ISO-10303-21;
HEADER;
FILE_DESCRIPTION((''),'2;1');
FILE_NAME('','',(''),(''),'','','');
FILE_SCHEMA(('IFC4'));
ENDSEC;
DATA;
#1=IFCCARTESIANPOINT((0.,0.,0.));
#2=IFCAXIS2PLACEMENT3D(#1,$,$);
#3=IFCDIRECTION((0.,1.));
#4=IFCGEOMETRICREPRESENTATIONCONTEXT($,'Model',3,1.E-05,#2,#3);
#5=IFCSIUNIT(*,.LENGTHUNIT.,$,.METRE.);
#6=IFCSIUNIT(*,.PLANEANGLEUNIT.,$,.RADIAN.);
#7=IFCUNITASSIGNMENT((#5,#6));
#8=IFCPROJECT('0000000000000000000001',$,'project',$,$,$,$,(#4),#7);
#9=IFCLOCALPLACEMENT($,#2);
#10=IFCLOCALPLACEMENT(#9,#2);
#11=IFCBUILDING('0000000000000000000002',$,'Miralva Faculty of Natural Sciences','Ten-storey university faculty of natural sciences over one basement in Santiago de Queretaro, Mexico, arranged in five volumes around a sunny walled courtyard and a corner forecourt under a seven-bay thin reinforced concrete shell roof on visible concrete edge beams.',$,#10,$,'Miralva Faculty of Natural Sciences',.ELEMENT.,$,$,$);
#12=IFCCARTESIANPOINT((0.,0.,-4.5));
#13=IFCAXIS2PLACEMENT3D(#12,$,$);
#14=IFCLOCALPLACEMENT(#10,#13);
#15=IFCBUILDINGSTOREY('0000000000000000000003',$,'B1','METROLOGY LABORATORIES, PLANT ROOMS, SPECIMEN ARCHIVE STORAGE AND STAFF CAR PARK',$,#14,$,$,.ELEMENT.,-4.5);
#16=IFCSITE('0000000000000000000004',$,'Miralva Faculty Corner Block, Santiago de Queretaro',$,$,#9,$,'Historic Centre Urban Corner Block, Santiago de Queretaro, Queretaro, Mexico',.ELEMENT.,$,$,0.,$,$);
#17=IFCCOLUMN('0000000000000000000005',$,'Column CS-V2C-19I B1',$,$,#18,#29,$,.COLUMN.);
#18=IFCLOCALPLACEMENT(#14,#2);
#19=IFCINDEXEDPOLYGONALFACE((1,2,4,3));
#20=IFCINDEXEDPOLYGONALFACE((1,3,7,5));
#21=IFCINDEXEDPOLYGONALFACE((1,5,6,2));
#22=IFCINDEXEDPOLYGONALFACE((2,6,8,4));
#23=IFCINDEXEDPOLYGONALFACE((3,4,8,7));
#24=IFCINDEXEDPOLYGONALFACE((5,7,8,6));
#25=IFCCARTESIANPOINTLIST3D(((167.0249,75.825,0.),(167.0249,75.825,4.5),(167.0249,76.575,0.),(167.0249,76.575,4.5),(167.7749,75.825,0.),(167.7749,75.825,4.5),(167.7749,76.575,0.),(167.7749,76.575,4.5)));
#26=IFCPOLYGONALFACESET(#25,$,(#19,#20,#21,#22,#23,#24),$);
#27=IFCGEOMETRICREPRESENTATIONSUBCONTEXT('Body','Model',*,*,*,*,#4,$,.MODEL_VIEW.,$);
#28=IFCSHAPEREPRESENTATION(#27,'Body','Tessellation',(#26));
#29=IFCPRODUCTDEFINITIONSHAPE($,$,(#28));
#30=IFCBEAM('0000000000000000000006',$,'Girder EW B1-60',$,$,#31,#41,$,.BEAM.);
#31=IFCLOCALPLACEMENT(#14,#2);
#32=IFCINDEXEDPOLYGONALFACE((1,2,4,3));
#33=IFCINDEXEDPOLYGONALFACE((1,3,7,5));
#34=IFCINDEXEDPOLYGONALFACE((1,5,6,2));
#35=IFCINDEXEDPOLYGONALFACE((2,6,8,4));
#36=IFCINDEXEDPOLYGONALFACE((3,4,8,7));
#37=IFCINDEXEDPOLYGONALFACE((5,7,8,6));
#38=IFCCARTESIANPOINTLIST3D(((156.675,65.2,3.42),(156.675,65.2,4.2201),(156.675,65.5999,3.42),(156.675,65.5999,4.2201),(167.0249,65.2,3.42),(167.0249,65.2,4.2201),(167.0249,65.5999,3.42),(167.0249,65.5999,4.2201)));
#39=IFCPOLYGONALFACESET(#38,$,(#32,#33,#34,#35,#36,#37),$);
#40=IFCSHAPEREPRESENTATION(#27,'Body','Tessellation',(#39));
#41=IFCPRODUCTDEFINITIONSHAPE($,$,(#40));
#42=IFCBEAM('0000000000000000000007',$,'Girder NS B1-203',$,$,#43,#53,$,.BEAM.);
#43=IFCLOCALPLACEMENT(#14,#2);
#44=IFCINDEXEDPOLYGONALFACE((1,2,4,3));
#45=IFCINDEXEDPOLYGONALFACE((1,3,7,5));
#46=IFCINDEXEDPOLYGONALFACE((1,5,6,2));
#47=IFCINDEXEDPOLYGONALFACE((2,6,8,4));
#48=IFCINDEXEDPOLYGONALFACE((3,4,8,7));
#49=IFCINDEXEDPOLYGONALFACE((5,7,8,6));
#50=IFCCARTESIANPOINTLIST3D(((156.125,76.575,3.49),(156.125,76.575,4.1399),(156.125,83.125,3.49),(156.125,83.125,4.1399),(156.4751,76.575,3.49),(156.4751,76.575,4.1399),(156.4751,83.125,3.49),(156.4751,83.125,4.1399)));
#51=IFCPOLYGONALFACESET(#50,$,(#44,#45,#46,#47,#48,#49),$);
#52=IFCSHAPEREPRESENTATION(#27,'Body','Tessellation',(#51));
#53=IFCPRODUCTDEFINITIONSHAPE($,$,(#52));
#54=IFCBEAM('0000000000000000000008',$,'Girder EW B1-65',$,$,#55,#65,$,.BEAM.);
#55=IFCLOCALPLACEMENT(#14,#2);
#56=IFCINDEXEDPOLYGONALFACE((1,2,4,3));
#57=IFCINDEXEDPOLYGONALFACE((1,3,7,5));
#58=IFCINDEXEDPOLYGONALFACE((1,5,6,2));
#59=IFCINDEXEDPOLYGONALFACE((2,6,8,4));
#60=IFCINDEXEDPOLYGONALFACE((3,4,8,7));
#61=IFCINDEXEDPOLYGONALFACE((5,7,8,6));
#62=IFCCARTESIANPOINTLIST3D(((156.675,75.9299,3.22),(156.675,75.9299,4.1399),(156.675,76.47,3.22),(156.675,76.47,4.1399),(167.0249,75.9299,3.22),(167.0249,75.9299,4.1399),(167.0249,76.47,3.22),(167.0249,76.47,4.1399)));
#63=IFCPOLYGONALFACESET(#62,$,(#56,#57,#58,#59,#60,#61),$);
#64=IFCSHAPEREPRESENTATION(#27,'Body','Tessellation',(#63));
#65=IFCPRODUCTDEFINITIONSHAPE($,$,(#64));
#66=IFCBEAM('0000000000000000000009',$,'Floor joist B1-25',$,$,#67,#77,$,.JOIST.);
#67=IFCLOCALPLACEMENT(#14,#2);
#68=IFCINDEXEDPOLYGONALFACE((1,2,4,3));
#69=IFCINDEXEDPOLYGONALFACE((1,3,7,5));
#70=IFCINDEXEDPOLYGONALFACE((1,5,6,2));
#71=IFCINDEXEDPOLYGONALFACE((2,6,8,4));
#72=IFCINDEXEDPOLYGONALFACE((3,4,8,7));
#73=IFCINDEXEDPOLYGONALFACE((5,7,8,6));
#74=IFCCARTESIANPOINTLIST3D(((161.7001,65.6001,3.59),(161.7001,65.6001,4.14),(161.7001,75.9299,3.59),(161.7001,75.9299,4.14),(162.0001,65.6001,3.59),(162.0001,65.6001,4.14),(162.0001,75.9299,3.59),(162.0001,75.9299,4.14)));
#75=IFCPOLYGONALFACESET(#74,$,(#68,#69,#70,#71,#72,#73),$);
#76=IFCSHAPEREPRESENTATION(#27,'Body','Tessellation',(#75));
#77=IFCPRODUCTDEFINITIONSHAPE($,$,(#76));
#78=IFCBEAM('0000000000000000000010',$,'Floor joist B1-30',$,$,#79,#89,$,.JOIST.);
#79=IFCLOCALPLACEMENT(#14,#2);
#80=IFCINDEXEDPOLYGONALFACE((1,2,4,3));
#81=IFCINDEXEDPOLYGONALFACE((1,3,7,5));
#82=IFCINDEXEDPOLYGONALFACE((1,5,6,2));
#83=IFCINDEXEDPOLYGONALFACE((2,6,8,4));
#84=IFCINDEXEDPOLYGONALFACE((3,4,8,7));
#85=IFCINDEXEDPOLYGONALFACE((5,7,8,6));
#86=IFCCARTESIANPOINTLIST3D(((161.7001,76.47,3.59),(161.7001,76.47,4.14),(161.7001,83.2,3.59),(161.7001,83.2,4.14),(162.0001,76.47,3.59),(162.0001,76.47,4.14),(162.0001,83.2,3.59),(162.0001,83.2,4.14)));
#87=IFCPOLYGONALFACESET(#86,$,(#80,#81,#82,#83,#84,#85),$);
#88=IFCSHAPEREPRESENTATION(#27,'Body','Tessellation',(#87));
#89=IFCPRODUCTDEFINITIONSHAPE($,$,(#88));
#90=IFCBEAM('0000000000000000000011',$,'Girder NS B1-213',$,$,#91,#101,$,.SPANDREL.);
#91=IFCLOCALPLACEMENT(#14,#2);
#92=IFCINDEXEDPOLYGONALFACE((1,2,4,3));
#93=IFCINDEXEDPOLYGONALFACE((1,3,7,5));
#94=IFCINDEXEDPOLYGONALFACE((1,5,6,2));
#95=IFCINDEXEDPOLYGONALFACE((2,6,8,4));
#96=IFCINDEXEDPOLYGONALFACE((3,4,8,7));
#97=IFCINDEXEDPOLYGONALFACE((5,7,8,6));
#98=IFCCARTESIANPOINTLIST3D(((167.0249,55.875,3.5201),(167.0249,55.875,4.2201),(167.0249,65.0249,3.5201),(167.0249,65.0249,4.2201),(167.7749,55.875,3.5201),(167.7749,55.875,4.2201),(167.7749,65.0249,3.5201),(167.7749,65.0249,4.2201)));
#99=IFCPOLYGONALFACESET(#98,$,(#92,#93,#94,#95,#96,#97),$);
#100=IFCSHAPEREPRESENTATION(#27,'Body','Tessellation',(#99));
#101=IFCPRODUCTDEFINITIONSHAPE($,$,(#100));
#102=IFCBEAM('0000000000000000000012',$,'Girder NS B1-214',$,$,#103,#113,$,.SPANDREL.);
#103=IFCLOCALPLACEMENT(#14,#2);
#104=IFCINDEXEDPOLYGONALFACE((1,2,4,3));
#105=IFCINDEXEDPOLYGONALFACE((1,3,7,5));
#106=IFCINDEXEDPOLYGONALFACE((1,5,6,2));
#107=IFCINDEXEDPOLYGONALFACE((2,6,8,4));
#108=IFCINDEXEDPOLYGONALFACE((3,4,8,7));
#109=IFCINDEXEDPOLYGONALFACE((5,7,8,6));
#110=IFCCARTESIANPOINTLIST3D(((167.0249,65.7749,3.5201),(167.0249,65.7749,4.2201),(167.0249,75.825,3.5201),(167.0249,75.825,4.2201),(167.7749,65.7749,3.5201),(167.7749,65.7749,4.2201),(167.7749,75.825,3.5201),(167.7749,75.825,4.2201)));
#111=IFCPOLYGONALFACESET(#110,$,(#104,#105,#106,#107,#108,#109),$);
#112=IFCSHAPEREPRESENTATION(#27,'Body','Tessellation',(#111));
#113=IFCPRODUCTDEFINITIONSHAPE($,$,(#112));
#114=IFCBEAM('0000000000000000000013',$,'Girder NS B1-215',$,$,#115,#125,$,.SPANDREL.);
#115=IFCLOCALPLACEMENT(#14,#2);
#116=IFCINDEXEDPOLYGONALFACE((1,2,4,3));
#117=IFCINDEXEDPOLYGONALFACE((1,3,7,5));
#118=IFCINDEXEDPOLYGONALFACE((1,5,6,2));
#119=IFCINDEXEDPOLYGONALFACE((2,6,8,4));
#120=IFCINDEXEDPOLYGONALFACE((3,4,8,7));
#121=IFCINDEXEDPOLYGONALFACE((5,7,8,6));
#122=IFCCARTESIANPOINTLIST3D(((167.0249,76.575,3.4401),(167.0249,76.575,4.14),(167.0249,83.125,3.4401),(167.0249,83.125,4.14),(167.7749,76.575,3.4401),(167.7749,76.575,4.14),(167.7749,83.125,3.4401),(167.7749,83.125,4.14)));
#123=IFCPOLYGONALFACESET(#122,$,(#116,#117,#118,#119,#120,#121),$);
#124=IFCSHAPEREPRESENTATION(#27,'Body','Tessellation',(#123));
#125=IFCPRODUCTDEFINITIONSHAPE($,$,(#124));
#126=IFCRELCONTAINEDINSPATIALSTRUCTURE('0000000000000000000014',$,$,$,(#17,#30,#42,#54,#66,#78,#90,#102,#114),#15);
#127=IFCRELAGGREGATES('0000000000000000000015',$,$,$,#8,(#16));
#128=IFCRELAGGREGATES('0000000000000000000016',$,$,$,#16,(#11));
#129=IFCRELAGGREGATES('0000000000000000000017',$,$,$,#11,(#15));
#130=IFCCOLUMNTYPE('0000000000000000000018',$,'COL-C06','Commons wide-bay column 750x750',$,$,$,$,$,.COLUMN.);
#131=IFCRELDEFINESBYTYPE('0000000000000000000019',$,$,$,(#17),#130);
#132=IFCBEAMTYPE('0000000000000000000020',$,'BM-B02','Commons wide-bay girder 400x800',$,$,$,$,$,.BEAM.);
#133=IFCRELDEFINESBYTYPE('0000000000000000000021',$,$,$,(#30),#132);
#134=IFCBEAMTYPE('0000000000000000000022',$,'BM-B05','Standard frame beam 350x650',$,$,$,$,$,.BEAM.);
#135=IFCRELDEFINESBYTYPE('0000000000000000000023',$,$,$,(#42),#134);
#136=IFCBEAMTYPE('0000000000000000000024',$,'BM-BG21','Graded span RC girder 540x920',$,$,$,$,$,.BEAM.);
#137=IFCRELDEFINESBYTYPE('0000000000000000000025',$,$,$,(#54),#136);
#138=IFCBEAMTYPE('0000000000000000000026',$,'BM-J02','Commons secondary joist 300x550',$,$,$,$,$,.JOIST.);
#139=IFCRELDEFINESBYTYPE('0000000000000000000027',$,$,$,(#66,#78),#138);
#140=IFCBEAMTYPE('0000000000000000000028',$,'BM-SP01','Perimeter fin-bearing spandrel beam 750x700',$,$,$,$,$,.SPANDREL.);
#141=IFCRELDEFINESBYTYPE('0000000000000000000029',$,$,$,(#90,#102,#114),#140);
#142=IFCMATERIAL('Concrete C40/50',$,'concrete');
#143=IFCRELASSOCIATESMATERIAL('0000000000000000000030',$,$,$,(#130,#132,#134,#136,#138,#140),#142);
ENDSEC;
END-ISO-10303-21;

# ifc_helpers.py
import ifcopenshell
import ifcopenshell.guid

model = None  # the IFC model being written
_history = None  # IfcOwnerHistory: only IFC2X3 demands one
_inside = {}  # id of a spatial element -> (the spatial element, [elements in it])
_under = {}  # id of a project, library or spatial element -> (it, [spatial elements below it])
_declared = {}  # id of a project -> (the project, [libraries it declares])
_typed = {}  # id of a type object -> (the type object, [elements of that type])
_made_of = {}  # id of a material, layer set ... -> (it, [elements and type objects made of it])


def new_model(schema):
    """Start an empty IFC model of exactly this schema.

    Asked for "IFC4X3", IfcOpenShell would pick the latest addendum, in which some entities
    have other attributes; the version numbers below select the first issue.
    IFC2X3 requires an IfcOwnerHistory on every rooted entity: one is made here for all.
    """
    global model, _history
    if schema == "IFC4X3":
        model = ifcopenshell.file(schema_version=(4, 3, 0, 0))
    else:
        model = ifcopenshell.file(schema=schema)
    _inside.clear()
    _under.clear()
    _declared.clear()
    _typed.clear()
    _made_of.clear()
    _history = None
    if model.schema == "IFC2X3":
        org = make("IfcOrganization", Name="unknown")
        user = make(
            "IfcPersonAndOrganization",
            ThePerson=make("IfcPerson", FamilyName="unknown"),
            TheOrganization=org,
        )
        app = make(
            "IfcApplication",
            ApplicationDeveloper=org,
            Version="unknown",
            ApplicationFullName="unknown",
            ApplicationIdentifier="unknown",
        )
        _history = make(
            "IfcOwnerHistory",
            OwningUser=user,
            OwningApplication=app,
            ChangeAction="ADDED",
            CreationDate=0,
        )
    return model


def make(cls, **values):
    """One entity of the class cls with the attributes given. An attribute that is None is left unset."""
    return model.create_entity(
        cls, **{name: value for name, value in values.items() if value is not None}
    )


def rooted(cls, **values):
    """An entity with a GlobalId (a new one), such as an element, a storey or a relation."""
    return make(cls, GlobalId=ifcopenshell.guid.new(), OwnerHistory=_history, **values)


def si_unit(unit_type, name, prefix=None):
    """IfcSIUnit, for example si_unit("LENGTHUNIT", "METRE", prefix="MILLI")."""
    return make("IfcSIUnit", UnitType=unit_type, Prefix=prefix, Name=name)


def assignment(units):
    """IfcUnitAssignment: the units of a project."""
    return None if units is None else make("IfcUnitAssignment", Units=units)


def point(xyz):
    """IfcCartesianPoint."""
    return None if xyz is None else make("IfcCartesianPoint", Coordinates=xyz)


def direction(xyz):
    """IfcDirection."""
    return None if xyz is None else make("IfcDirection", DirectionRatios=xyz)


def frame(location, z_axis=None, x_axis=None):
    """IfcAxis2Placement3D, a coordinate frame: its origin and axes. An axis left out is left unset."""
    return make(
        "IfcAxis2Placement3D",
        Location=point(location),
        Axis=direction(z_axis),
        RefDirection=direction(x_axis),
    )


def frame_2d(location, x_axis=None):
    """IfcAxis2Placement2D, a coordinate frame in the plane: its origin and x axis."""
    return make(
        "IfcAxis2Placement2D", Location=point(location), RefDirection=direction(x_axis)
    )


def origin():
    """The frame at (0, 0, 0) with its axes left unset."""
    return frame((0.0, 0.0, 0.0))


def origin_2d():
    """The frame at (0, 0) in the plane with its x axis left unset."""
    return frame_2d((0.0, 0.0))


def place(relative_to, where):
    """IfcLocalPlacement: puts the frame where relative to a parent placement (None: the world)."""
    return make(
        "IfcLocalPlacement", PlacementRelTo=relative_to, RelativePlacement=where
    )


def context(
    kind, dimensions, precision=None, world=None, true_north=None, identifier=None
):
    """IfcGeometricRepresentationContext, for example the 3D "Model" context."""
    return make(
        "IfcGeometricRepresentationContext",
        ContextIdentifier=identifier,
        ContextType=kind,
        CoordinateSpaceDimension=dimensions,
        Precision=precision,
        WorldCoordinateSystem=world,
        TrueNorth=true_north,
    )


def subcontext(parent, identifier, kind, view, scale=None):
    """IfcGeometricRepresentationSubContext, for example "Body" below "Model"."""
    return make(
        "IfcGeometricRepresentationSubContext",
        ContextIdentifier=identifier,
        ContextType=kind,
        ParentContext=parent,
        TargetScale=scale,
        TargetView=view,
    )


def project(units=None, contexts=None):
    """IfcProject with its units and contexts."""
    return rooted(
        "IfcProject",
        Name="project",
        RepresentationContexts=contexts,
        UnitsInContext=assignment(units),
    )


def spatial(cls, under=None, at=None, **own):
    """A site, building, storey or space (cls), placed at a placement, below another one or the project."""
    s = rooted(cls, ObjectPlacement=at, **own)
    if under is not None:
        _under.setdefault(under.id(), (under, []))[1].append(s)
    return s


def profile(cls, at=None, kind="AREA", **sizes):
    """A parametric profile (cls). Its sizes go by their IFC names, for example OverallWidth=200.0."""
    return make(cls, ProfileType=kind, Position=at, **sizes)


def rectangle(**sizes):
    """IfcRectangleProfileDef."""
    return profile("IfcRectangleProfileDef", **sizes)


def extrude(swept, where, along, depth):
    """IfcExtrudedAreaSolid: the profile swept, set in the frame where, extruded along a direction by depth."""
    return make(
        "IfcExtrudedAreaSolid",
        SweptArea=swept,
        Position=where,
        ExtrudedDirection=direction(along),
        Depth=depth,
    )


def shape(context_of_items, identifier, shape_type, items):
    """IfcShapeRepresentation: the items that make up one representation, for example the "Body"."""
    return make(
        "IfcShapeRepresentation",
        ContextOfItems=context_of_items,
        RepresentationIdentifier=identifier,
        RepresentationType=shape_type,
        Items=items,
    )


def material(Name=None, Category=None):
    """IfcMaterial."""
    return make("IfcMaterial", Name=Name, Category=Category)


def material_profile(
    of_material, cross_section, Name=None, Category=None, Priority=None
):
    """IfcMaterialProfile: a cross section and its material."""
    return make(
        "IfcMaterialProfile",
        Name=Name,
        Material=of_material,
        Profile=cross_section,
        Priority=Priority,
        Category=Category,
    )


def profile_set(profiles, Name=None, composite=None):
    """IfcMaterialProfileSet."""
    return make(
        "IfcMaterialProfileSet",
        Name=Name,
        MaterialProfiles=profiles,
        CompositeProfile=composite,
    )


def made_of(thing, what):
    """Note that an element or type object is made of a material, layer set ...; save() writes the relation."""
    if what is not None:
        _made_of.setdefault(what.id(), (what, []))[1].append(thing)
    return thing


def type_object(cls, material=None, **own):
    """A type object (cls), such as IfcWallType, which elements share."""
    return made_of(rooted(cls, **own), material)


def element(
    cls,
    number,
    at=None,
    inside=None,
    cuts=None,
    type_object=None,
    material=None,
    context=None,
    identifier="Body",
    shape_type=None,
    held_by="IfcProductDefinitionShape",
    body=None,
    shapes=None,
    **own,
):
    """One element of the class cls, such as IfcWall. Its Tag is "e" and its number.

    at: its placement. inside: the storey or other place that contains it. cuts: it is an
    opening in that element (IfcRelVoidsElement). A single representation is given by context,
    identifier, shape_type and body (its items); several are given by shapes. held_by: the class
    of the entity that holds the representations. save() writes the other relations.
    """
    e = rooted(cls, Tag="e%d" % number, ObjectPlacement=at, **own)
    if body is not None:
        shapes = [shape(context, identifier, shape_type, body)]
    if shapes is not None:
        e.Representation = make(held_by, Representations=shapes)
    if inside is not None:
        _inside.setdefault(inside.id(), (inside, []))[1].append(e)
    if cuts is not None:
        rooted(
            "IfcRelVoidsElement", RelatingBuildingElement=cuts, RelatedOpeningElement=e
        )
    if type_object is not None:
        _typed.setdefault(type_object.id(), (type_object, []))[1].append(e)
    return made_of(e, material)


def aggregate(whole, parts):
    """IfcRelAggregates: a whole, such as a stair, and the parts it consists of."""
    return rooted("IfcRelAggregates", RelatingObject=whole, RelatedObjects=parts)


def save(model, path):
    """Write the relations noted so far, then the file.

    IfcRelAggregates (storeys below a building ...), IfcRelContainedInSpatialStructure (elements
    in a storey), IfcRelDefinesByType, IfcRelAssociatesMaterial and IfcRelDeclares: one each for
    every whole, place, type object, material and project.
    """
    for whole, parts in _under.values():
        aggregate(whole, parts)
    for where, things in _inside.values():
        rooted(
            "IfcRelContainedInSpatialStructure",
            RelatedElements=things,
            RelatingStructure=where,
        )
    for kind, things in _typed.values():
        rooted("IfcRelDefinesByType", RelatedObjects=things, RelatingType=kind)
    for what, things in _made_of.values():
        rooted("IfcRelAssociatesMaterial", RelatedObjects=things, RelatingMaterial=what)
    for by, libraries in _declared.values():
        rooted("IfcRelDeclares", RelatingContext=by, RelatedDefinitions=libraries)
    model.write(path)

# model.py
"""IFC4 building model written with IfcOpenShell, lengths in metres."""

from ifc_helpers import new_model, si_unit, direction, frame, origin, origin_2d, place, context, subcontext, project, spatial, rectangle, extrude, material, material_profile, profile_set, type_object, element, save


model = new_model("IFC4")

# Units and contexts
model_context = context("Model", 3, precision=1e-05, world=origin(), true_north=direction((0.0, 1.0)))
body_context = subcontext(model_context, "Body", "Model", "MODEL_VIEW")
ifc_project = project(units=[si_unit("LENGTHUNIT", "METRE"), si_unit("PLANEANGLEUNIT", "RADIAN")], contexts=[model_context])

# Site, building, storey
site_placement = place(None, origin())
site = spatial("IfcSite", under=ifc_project, at=site_placement, Name="Miralva Faculty Corner Block, Santiago de Queretaro", LongName="Historic Centre Urban Corner Block, Santiago de Queretaro, Queretaro, Mexico", CompositionType="ELEMENT", RefElevation=0.0)
building_placement = place(site_placement, origin())
building = spatial("IfcBuilding", under=site, at=building_placement, Name="Miralva Faculty of Natural Sciences", Description="Ten-storey university faculty of natural sciences over one basement in Santiago de Queretaro, Mexico, arranged in five volumes around a sunny walled courtyard and a corner forecourt under a seven-bay thin reinforced concrete shell roof on visible concrete edge beams.", LongName="Miralva Faculty of Natural Sciences", CompositionType="ELEMENT")
storey_placement = place(building_placement, frame((0.0, 0.0, -4.5)))
storey = spatial("IfcBuildingStorey", under=building, at=storey_placement, Name="B1", Description="METROLOGY LABORATORIES, PLANT ROOMS, SPECIMEN ARCHIVE STORAGE AND STAFF CAR PARK", CompositionType="ELEMENT", Elevation=-4.5)

# Column
ifc_material_1 = material(Name="Concrete C40/50", Category="concrete")
ifc_material_profile_1 = material_profile(ifc_material_1, rectangle(XDim=0.75, YDim=0.75, at=origin_2d()), Name="RC 750x750")
ifc_profile_set_1 = profile_set([ifc_material_profile_1], Name="Concrete C40/50")
column_type = type_object("IfcColumnType", Name="COL-C06", Description="Commons wide-bay column 750x750", PredefinedType="COLUMN", material=ifc_profile_set_1)
for number, where, z_axis, x_axis, name in (
    (1, (167.3999, 76.2, 0.0), (0.0, 0.0, 1.0), (1.0, 0.0, 0.0), "Column CS-V2C-19I B1"),
):
    element("IfcColumn", number, at=place(storey_placement, frame(where, z_axis=z_axis, x_axis=x_axis)), inside=storey, type_object=column_type, Name=name, PredefinedType="COLUMN", context=body_context, shape_type="SweptSolid", body=[
        extrude(rectangle(XDim=0.75, YDim=0.75, at=origin_2d()), origin(), (0.0, 0.0, 1.0), 4.5),
    ])

# Beams
ifc_material_profile_2 = material_profile(ifc_material_1, rectangle(XDim=0.3999, YDim=0.8, at=origin_2d()), Name="RC 400x800")
ifc_profile_set_2 = profile_set([ifc_material_profile_2], Name="Concrete C40/50")
beam_type_1 = type_object("IfcBeamType", Name="BM-B02", Description="Commons wide-bay girder 400x800", PredefinedType="BEAM", material=ifc_profile_set_2)
beam_1_placement = place(storey_placement, frame((156.675, 65.3999, 3.8201), z_axis=(1.0, 0.0, 0.0), x_axis=(0.0, 1.0, 0.0)))
element("IfcBeam", 2, at=beam_1_placement, inside=storey, type_object=beam_type_1, Name="Girder EW B1-60", PredefinedType="BEAM", context=body_context, shape_type="SweptSolid", body=[
    extrude(rectangle(XDim=0.3999, YDim=0.8, at=origin_2d()), origin(), (0.0, 0.0, 1.0), 10.3499),
])
ifc_material_profile_3 = material_profile(ifc_material_1, rectangle(XDim=0.3501, YDim=0.6499, at=origin_2d()), Name="RC 350x650")
ifc_profile_set_3 = profile_set([ifc_material_profile_3], Name="Concrete C40/50")
beam_type_2 = type_object("IfcBeamType", Name="BM-B05", Description="Standard frame beam 350x650", PredefinedType="BEAM", material=ifc_profile_set_3)
beam_2_placement = place(storey_placement, frame((156.3, 76.575, 3.8149), z_axis=(0.0, 1.0, 0.0), x_axis=(-1.0, 0.0, 0.0)))
element("IfcBeam", 3, at=beam_2_placement, inside=storey, type_object=beam_type_2, Name="Girder NS B1-203", PredefinedType="BEAM", context=body_context, shape_type="SweptSolid", body=[
    extrude(rectangle(XDim=0.3501, YDim=0.6499, at=origin_2d()), origin(), (0.0, 0.0, 1.0), 6.55),
])
ifc_material_profile_4 = material_profile(ifc_material_1, rectangle(XDim=0.54, YDim=0.9199, at=origin_2d()), Name="RC 540x920")
ifc_profile_set_4 = profile_set([ifc_material_profile_4], Name="Concrete C40/50")
beam_type_3 = type_object("IfcBeamType", Name="BM-BG21", Description="Graded span RC girder 540x920", PredefinedType="BEAM", material=ifc_profile_set_4)
beam_3_placement = place(storey_placement, frame((156.675, 76.2, 3.6799), z_axis=(1.0, 0.0, 0.0), x_axis=(0.0, 1.0, 0.0)))
element("IfcBeam", 4, at=beam_3_placement, inside=storey, type_object=beam_type_3, Name="Girder EW B1-65", PredefinedType="BEAM", context=body_context, shape_type="SweptSolid", body=[
    extrude(rectangle(XDim=0.54, YDim=0.9199, at=origin_2d()), origin(), (0.0, 0.0, 1.0), 10.3499),
])
ifc_material_profile_5 = material_profile(ifc_material_1, rectangle(XDim=0.3, YDim=0.55, at=origin_2d()), Name="RC 300x550")
ifc_profile_set_5 = profile_set([ifc_material_profile_5], Name="Concrete C40/50")
beam_type_4 = type_object("IfcBeamType", Name="BM-J02", Description="Commons secondary joist 300x550", PredefinedType="JOIST", material=ifc_profile_set_5)
beam_4_placement = place(storey_placement, frame((161.8501, 65.6001, 3.865), z_axis=(0.0, 1.0, 0.0), x_axis=(-1.0, 0.0, 0.0)))
element("IfcBeam", 5, at=beam_4_placement, inside=storey, type_object=beam_type_4, Name="Floor joist B1-25", PredefinedType="JOIST", context=body_context, shape_type="SweptSolid", body=[
    extrude(rectangle(XDim=0.3, YDim=0.55, at=origin_2d()), origin(), (0.0, 0.0, 1.0), 10.3298),
])
beam_5_placement = place(storey_placement, frame((161.8501, 76.47, 3.865), z_axis=(0.0, 1.0, 0.0), x_axis=(-1.0, 0.0, 0.0)))
element("IfcBeam", 6, at=beam_5_placement, inside=storey, type_object=beam_type_4, Name="Floor joist B1-30", PredefinedType="JOIST", context=body_context, shape_type="SweptSolid", body=[
    extrude(rectangle(XDim=0.3, YDim=0.55, at=origin_2d()), origin(), (0.0, 0.0, 1.0), 6.73),
])
ifc_material_profile_6 = material_profile(ifc_material_1, rectangle(XDim=0.75, YDim=0.7, at=origin_2d()), Name="RC 750x700")
ifc_profile_set_6 = profile_set([ifc_material_profile_6], Name="Concrete C40/50")
beam_type_5 = type_object("IfcBeamType", Name="BM-SP01", Description="Perimeter fin-bearing spandrel beam 750x700", PredefinedType="SPANDREL", material=ifc_profile_set_6)
beam_6_placement = place(storey_placement, frame((167.3999, 55.875, 3.8701), z_axis=(0.0, 1.0, 0.0), x_axis=(-1.0, 0.0, 0.0)))
element("IfcBeam", 7, at=beam_6_placement, inside=storey, type_object=beam_type_5, Name="Girder NS B1-213", PredefinedType="SPANDREL", context=body_context, shape_type="SweptSolid", body=[
    extrude(rectangle(XDim=0.75, YDim=0.7, at=origin_2d()), origin(), (0.0, 0.0, 1.0), 9.1499),
])
beam_7_placement = place(storey_placement, frame((167.3999, 65.7749, 3.8701), z_axis=(0.0, 1.0, 0.0), x_axis=(-1.0, 0.0, 0.0)))
element("IfcBeam", 8, at=beam_7_placement, inside=storey, type_object=beam_type_5, Name="Girder NS B1-214", PredefinedType="SPANDREL", context=body_context, shape_type="SweptSolid", body=[
    extrude(rectangle(XDim=0.75, YDim=0.7, at=origin_2d()), origin(), (0.0, 0.0, 1.0), 10.05),
])
beam_8_placement = place(storey_placement, frame((167.3999, 76.575, 3.79), z_axis=(0.0, 1.0, 0.0), x_axis=(-1.0, 0.0, 0.0)))
element("IfcBeam", 9, at=beam_8_placement, inside=storey, type_object=beam_type_5, Name="Girder NS B1-215", PredefinedType="SPANDREL", context=body_context, shape_type="SweptSolid", body=[
    extrude(rectangle(XDim=0.75, YDim=0.7, at=origin_2d()), origin(), (0.0, 0.0, 1.0), 6.55),
])

save(model, "model.ifc")
